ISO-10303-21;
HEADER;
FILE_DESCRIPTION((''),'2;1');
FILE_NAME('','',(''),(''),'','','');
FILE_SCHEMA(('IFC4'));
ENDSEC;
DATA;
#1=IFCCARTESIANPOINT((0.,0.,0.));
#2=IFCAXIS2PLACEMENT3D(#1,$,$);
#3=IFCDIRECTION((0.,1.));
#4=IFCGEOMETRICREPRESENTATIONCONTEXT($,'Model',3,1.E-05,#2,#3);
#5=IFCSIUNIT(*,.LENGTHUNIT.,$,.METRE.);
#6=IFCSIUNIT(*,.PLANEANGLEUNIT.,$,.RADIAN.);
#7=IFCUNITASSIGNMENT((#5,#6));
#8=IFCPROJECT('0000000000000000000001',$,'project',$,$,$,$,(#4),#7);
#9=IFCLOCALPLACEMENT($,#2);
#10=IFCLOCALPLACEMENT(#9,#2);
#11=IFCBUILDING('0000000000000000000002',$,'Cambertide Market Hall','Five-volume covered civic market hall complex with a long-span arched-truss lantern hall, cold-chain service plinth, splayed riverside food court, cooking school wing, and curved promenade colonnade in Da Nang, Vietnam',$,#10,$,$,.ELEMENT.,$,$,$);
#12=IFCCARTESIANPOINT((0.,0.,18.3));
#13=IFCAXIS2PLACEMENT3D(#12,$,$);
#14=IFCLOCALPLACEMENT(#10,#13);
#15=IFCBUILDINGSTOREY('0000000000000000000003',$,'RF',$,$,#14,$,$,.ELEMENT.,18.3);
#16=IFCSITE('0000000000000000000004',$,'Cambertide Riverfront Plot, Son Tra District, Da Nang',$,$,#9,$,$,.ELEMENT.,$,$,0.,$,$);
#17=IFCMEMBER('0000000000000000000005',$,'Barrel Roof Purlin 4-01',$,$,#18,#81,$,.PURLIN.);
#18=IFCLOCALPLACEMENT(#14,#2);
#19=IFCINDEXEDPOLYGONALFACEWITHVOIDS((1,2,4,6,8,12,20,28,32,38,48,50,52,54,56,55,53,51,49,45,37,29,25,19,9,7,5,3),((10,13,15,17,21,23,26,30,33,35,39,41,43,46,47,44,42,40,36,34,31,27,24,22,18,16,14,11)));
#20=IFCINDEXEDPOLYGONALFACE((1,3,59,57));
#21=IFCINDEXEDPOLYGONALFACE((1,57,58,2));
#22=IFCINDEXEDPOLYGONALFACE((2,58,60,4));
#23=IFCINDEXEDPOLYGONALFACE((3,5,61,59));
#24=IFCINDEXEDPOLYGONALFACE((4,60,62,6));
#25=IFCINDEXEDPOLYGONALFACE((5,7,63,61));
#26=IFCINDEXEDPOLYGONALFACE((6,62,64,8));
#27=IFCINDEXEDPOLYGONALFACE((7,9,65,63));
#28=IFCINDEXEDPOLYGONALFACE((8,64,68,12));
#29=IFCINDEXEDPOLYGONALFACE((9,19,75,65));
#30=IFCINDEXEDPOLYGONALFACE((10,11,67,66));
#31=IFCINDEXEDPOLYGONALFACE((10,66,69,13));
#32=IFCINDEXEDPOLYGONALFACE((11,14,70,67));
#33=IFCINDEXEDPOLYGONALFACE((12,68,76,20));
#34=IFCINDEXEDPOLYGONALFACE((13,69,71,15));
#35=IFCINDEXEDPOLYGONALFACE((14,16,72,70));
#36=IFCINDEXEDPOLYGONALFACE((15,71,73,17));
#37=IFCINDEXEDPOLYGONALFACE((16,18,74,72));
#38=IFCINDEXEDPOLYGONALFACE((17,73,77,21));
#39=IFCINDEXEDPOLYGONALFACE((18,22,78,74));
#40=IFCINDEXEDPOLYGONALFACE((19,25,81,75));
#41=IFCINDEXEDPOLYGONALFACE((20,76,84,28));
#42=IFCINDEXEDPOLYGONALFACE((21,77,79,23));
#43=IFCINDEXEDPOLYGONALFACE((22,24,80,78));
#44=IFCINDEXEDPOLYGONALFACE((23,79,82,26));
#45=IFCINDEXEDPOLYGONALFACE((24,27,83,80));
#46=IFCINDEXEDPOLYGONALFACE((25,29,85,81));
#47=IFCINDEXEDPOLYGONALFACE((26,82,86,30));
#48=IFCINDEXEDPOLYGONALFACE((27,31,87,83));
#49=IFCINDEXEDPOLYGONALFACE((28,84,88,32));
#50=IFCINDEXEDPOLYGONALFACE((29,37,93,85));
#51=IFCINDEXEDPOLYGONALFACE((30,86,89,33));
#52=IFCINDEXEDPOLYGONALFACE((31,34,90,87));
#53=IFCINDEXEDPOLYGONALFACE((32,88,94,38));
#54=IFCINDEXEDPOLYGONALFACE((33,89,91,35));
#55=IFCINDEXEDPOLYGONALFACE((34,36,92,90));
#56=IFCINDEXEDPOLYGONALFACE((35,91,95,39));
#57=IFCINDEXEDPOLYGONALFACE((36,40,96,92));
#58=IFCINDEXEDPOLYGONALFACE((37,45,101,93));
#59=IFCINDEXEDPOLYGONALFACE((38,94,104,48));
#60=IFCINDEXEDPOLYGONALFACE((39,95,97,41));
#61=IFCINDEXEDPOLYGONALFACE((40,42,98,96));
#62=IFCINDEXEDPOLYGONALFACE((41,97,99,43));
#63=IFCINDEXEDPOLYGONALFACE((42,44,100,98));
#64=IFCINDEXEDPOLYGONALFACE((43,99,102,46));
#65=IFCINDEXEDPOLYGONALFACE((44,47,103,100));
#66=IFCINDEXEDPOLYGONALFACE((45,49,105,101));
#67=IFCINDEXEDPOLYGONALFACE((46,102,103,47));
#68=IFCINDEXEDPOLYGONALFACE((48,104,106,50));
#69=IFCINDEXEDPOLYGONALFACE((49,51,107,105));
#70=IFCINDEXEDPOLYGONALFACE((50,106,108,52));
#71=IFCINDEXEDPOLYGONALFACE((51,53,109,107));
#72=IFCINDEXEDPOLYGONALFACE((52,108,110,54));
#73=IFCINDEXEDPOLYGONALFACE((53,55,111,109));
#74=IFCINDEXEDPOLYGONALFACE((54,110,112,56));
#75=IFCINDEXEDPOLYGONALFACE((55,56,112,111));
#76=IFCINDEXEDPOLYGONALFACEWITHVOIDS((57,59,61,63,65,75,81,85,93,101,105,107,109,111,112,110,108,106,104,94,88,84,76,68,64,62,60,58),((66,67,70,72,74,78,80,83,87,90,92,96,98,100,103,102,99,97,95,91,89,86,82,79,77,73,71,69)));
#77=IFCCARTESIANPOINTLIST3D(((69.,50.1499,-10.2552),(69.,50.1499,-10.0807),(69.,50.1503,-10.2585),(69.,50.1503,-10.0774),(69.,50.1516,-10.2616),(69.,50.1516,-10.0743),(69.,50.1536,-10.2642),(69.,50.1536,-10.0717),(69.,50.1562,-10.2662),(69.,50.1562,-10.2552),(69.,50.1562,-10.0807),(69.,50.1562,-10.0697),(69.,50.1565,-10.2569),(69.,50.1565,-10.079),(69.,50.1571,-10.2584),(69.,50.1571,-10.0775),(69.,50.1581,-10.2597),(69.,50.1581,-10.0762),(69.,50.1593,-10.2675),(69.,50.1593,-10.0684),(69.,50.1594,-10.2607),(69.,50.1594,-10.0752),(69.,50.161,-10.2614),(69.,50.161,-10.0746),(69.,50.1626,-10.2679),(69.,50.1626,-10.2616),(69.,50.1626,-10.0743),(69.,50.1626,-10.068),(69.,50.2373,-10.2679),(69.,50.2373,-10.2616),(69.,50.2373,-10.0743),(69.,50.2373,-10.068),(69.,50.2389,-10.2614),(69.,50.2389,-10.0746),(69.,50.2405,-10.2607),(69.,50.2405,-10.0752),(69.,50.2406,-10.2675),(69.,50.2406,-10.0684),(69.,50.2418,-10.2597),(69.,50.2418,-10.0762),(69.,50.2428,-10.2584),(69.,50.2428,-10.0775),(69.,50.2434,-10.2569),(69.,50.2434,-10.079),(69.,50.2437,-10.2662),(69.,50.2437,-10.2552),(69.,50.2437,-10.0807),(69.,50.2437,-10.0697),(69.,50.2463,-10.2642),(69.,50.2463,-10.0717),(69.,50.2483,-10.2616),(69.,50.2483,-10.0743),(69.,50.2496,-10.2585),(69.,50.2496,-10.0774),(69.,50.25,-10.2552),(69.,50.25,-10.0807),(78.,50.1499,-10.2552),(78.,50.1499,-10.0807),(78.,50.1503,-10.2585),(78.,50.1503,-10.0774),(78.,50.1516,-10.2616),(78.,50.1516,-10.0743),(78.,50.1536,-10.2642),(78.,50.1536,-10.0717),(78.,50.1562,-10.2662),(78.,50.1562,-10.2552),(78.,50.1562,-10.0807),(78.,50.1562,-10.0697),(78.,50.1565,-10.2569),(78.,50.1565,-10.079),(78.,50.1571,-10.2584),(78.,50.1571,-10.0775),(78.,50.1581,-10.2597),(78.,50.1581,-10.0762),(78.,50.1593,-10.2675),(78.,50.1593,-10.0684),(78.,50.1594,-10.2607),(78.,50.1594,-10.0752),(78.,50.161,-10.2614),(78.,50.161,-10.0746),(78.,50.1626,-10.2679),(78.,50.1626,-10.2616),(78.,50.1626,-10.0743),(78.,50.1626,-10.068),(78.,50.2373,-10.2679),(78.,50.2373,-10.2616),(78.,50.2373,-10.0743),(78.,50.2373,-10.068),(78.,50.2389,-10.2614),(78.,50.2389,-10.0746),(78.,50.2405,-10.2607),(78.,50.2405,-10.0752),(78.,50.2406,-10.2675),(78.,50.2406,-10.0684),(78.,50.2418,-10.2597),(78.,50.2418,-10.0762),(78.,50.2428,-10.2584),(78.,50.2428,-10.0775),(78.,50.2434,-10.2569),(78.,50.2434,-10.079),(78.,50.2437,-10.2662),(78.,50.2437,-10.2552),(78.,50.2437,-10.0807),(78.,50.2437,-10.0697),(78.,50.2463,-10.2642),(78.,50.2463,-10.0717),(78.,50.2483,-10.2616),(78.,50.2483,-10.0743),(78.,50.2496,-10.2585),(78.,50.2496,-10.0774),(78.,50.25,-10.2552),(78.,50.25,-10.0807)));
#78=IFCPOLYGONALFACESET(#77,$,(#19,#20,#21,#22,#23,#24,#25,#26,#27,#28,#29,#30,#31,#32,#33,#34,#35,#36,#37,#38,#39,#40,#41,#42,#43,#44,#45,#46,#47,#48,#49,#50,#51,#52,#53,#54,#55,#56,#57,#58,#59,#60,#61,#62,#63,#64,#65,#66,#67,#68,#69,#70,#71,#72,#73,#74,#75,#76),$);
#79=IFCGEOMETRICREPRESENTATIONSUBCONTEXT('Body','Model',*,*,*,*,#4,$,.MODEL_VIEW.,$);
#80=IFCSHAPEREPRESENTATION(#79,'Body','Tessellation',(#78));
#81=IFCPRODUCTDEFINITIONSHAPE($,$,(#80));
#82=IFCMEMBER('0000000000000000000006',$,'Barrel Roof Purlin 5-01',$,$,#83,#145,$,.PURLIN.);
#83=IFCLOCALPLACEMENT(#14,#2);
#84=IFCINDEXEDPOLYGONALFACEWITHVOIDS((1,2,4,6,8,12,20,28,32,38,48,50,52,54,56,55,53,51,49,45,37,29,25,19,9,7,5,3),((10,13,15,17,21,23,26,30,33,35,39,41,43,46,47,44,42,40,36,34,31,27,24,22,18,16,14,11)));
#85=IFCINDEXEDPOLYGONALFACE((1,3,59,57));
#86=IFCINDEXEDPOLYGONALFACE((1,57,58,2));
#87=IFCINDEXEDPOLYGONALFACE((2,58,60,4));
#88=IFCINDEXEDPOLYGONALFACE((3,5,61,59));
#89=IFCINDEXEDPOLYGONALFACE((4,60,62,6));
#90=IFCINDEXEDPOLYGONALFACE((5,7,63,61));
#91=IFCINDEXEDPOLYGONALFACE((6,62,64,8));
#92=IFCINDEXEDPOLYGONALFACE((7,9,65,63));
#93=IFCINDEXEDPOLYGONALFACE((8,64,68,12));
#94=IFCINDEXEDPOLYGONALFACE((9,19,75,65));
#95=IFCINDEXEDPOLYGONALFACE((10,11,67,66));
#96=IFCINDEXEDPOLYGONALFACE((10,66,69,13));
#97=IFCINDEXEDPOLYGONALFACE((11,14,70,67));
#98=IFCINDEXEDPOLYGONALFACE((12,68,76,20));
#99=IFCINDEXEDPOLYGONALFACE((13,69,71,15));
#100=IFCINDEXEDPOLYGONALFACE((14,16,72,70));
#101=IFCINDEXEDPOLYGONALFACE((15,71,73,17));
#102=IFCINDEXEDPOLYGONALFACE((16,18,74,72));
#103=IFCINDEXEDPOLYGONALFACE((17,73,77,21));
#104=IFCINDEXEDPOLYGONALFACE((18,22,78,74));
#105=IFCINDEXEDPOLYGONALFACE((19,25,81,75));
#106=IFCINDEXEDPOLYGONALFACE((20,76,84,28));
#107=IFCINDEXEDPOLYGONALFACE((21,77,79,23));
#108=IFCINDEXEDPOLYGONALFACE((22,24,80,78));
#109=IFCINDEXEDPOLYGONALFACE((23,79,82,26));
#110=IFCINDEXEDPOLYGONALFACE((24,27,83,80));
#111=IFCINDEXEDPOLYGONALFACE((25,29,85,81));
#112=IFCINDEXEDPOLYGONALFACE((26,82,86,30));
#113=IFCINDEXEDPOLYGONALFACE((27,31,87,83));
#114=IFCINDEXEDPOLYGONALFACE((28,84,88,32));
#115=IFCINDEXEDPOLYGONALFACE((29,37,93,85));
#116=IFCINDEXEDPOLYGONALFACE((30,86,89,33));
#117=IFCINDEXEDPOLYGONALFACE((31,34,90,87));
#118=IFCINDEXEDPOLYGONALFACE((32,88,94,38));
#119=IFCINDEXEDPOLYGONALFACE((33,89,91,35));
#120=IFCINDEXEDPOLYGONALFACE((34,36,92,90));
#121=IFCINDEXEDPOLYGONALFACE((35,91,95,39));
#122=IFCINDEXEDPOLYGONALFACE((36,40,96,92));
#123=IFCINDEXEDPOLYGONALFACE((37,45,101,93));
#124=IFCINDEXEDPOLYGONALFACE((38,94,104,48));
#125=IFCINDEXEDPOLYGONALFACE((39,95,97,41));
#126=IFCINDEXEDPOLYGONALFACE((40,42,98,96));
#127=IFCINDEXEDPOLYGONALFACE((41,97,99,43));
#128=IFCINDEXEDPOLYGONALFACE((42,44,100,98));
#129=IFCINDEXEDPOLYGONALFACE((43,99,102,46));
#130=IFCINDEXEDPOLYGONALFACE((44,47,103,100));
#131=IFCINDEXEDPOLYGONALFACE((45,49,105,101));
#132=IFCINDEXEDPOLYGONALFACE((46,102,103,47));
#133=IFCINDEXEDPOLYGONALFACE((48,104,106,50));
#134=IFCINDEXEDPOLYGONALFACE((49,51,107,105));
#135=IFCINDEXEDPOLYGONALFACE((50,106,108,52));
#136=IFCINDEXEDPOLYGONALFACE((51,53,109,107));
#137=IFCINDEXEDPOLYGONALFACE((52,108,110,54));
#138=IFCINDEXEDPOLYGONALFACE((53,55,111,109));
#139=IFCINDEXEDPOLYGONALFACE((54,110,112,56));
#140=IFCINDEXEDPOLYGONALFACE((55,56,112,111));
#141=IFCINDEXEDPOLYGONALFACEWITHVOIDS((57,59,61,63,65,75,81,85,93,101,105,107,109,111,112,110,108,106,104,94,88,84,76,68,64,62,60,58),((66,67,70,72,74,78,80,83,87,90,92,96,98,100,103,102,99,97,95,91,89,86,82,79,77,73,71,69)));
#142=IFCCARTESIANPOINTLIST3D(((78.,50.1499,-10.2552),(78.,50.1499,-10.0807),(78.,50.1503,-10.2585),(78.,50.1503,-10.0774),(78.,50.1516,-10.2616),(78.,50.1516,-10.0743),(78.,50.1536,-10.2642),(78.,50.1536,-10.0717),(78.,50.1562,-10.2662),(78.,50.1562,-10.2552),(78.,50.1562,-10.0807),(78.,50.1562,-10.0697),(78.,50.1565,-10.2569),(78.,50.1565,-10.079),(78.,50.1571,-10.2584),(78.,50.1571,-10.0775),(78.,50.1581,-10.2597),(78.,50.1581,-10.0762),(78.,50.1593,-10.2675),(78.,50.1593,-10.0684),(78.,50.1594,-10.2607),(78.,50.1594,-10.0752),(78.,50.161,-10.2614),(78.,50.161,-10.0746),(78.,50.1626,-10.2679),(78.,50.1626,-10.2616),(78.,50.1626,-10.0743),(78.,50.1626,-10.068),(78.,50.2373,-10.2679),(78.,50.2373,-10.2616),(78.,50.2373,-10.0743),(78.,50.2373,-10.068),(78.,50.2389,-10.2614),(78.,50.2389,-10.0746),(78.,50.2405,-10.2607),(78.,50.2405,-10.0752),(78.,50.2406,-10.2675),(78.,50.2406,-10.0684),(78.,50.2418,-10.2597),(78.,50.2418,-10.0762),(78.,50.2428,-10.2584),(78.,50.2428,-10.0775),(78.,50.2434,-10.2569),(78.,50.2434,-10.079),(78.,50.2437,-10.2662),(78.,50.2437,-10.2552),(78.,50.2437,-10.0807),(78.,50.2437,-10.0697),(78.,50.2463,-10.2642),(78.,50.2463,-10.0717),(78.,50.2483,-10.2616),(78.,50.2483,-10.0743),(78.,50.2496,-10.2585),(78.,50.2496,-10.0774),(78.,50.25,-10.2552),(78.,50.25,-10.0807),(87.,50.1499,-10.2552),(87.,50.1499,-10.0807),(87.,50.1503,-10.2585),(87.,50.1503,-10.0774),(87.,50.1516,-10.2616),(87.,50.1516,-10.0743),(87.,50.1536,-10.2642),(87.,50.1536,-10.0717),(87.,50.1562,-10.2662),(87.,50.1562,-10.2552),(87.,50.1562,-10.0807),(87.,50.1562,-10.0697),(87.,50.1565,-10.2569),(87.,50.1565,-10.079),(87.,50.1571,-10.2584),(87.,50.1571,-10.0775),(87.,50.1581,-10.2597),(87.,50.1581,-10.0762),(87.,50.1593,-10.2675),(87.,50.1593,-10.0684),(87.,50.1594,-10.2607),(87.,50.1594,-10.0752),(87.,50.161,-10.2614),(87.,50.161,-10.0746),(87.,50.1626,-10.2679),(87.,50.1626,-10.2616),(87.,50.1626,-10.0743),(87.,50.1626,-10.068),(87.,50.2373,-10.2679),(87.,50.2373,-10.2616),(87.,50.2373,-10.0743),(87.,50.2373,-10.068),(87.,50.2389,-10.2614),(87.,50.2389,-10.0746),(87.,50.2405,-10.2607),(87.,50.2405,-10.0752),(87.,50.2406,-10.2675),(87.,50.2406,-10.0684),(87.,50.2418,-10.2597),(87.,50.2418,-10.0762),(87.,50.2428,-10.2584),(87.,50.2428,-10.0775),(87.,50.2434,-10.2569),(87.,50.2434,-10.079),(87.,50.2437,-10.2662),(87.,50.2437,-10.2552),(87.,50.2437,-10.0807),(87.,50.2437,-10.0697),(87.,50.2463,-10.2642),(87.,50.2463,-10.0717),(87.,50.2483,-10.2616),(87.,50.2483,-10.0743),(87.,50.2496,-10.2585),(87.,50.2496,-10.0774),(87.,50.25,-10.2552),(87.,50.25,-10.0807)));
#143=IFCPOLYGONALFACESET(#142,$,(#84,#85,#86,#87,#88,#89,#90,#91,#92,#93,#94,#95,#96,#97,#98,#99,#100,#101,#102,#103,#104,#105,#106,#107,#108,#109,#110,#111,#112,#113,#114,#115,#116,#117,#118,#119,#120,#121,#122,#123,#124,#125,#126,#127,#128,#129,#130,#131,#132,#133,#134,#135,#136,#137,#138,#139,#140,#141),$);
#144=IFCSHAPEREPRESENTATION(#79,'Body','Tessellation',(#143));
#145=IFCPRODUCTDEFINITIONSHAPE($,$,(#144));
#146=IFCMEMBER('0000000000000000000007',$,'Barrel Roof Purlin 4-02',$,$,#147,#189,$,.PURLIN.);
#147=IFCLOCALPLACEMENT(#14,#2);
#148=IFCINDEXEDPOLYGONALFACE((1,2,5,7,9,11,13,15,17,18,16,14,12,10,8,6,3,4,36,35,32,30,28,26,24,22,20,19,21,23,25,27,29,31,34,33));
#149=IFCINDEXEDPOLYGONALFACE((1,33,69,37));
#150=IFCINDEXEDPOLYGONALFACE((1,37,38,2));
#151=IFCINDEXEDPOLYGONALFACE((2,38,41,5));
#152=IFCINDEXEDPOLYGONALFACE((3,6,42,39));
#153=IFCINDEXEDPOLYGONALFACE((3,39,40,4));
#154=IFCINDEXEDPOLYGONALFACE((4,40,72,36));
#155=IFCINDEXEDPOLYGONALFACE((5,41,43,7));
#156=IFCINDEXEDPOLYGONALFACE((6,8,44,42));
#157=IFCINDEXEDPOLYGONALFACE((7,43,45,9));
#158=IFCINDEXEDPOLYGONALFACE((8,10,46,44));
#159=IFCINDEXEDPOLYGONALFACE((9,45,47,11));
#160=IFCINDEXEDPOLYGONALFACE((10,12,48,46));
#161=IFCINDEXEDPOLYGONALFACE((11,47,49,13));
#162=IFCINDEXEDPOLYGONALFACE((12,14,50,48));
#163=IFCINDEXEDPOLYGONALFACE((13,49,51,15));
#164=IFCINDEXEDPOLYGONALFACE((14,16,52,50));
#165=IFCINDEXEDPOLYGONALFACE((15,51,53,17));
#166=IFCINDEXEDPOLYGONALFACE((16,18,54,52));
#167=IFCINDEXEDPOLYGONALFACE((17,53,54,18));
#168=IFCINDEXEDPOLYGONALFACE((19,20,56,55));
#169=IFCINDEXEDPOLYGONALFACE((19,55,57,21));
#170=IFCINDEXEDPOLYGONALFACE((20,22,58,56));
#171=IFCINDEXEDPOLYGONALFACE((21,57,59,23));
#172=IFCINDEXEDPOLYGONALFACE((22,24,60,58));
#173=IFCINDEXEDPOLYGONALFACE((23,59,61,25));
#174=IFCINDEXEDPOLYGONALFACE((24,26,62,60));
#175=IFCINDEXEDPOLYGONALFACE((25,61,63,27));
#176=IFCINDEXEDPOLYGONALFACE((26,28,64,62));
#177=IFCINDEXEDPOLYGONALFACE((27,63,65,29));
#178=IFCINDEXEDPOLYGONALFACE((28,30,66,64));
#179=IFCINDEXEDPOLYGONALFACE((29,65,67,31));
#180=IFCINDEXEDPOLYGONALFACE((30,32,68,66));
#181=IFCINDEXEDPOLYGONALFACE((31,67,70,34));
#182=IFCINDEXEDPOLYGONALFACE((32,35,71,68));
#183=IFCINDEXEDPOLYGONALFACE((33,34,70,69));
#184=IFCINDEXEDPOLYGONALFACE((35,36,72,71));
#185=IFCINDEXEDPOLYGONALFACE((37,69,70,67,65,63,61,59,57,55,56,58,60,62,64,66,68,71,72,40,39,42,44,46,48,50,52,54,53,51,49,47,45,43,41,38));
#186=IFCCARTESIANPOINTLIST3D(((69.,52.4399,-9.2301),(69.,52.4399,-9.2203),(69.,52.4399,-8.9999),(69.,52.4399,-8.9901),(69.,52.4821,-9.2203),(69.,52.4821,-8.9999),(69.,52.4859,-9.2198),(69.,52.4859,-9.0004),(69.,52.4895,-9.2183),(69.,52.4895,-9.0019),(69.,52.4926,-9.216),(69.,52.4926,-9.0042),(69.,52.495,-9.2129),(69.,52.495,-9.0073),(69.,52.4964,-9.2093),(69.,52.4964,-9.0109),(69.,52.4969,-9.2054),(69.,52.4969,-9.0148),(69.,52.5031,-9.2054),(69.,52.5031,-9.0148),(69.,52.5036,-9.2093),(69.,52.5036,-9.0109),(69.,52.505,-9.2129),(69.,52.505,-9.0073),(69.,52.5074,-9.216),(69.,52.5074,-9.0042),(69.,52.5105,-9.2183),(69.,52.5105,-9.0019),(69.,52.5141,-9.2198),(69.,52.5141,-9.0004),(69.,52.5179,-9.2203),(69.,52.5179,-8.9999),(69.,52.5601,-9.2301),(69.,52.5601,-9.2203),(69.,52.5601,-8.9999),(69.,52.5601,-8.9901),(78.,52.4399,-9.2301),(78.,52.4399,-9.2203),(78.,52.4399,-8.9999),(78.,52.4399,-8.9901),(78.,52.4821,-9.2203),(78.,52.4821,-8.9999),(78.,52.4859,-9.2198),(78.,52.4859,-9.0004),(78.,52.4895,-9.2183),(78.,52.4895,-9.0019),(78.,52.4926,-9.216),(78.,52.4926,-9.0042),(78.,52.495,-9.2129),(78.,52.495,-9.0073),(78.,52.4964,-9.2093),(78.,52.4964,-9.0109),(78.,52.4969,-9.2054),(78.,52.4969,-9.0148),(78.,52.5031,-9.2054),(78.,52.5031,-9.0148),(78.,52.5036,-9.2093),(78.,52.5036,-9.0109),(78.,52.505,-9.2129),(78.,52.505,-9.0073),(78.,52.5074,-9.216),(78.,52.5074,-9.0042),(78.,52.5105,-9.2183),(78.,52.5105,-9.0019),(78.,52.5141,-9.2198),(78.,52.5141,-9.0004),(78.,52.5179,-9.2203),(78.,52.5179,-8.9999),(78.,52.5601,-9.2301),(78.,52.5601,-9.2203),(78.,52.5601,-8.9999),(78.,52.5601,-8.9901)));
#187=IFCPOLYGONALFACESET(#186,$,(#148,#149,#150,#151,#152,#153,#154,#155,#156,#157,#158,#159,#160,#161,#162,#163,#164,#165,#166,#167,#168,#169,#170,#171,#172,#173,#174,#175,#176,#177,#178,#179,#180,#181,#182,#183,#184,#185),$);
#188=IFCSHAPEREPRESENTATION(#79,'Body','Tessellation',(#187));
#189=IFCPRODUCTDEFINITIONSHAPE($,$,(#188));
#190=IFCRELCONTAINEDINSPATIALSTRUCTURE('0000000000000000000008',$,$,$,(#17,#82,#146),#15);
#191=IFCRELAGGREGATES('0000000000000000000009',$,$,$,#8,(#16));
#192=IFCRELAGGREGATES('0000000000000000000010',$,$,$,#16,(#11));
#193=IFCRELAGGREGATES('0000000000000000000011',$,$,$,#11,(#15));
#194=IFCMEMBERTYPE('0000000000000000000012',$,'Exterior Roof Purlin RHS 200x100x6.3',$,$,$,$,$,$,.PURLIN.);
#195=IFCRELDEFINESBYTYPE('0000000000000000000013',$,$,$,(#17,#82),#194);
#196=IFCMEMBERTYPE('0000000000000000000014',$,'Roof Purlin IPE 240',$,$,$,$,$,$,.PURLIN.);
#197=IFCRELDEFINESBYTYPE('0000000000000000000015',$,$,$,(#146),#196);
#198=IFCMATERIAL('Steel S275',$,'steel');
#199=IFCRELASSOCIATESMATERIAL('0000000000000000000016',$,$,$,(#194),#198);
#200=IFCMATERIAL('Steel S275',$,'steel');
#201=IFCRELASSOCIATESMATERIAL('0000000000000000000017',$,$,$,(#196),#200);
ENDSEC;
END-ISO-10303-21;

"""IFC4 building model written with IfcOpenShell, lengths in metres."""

from ifc_helpers import new_model, si_unit, direction, frame, origin, origin_2d, place, context, subcontext, project, spatial, hollow_rectangle, i_section, extrude, material, material_profile, profile_set, type_object, element, save


model = new_model("IFC4")

# Units and contexts
model_context = context("Model", 3, precision=1e-05, world=origin(), true_north=direction((0.0, 1.0)))
body_context = subcontext(model_context, "Body", "Model", "MODEL_VIEW")
ifc_project = project(units=[si_unit("LENGTHUNIT", "METRE"), si_unit("PLANEANGLEUNIT", "RADIAN")], contexts=[model_context])

# Site, building, storey
site_placement = place(None, origin())
site = spatial("IfcSite", under=ifc_project, at=site_placement, Name="Cambertide Riverfront Plot, Son Tra District, Da Nang", CompositionType="ELEMENT", RefElevation=0.0)
building_placement = place(site_placement, origin())
building = spatial("IfcBuilding", under=site, at=building_placement, Name="Cambertide Market Hall", Description="Five-volume covered civic market hall complex with a long-span arched-truss lantern hall, cold-chain service plinth, splayed riverside food court, cooking school wing, and curved promenade colonnade in Da Nang, Vietnam", CompositionType="ELEMENT")
storey_placement = place(building_placement, frame((0.0, 0.0, 18.3)))
storey = spatial("IfcBuildingStorey", under=building, at=storey_placement, Name="RF", CompositionType="ELEMENT", Elevation=18.3)

# Members
ifc_material_1 = material(Name="Steel S275", Category="steel")
ifc_material_profile_1 = material_profile(ifc_material_1, hollow_rectangle(XDim=0.1001, YDim=0.2, WallThickness=0.0063, InnerFilletRadius=0.0063, OuterFilletRadius=0.0127, at=origin_2d()), Name="RHS 200x100x6.3")
ifc_profile_set_1 = profile_set([ifc_material_profile_1], Name="Steel S275")
member_type_1 = type_object("IfcMemberType", Name="Exterior Roof Purlin RHS 200x100x6.3", PredefinedType="PURLIN", material=ifc_profile_set_1)
for number, where, z_axis, x_axis, name in (
    (1, (69.0, 50.2, -10.168), (1.0, 0.0, 0.0), (0.0, 1.0, 0.0), "Barrel Roof Purlin 4-01"),
    (2, (78.0, 50.2, -10.168), (1.0, 0.0, 0.0), (0.0, 1.0, 0.0), "Barrel Roof Purlin 5-01"),
):
    element("IfcMember", number, at=place(storey_placement, frame(where, z_axis=z_axis, x_axis=x_axis)), inside=storey, type_object=member_type_1, Name=name, PredefinedType="PURLIN", context=body_context, shape_type="SweptSolid", body=[
        extrude(hollow_rectangle(XDim=0.1001, YDim=0.2, WallThickness=0.0063, InnerFilletRadius=0.0063, OuterFilletRadius=0.0127, at=origin_2d()), origin(), (0.0, 0.0, 1.0), 9.0),
    ])
ifc_material_2 = material(Name="Steel S275", Category="steel")
ifc_material_profile_2 = material_profile(ifc_material_2, i_section(OverallWidth=0.1201, OverallDepth=0.24, WebThickness=0.0061, FlangeThickness=0.0098, FilletRadius=0.0149, at=origin_2d()), Name="IPE 240")
ifc_profile_set_2 = profile_set([ifc_material_profile_2], Name="Steel S275")
member_type_2 = type_object("IfcMemberType", Name="Roof Purlin IPE 240", PredefinedType="PURLIN", material=ifc_profile_set_2)
for number, where, z_axis, x_axis, name in (
    (3, (69.0, 52.5, -9.1101), (1.0, 0.0, 0.0), (0.0, 1.0, 0.0), "Barrel Roof Purlin 4-02"),
):
    element("IfcMember", number, at=place(storey_placement, frame(where, z_axis=z_axis, x_axis=x_axis)), inside=storey, type_object=member_type_2, Name=name, PredefinedType="PURLIN", context=body_context, shape_type="SweptSolid", body=[
        extrude(i_section(OverallWidth=0.1201, OverallDepth=0.24, WebThickness=0.0061, FlangeThickness=0.0098, FilletRadius=0.0149, at=origin_2d()), origin(), (0.0, 0.0, 1.0), 9.0),
    ])

save(model, "model.ifc")
